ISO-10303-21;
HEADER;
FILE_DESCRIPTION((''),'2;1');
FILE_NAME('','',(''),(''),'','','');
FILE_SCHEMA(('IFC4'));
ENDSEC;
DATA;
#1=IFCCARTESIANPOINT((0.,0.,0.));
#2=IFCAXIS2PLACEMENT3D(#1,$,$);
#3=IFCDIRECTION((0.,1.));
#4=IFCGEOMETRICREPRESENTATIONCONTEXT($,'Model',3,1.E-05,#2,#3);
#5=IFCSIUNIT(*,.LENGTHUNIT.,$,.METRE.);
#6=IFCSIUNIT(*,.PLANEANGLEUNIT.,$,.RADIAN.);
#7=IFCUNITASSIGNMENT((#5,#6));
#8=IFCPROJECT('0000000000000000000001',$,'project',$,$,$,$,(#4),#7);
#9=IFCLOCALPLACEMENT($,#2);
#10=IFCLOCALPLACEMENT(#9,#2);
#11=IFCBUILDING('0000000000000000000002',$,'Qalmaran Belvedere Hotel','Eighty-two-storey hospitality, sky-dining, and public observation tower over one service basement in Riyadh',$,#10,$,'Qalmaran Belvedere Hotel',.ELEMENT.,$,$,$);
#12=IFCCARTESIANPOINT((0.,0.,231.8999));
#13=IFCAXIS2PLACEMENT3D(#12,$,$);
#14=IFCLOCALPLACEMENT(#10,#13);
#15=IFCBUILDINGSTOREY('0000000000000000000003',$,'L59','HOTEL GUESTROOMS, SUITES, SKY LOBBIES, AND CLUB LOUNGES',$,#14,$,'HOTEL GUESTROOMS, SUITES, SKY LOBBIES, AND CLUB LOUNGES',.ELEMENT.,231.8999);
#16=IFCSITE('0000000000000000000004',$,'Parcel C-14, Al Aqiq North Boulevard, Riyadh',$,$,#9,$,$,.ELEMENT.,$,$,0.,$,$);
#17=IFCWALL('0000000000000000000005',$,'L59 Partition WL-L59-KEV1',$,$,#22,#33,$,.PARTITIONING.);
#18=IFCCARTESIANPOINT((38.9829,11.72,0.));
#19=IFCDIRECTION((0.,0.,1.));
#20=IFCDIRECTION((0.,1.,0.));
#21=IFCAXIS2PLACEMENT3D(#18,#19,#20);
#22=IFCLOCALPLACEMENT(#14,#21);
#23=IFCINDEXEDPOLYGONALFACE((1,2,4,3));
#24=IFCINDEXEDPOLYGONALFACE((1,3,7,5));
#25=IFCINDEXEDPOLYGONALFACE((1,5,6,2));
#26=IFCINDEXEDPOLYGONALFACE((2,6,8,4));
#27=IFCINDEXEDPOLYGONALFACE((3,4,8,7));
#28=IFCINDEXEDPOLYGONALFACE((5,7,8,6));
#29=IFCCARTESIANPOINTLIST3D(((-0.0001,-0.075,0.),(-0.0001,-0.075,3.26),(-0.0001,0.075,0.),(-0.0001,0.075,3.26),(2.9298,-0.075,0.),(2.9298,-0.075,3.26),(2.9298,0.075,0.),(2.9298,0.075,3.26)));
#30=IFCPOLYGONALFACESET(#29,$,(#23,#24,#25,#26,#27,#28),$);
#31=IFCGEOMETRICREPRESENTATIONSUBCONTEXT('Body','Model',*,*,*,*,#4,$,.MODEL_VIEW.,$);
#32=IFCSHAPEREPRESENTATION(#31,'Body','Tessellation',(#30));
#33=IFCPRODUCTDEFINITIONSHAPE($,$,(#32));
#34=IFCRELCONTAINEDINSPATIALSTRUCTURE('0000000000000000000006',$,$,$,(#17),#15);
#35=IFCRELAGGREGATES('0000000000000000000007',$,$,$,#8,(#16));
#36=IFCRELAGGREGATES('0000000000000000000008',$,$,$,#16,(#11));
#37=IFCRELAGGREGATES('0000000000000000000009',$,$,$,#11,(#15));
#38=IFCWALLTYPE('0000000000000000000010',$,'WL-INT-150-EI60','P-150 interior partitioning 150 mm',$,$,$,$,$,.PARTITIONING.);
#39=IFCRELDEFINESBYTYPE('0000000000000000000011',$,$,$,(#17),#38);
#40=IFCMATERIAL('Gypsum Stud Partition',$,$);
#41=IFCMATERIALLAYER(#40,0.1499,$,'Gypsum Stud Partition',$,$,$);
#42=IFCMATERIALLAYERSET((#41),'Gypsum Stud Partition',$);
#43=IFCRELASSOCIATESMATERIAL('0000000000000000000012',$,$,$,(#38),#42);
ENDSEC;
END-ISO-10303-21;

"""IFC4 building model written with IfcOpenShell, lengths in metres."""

from ifc_helpers import new_model, si_unit, direction, frame, frame_2d, origin, place, context, subcontext, project, spatial, rectangle, extrude, material, layer, layer_set, type_object, element, save


model = new_model("IFC4")

# Units and contexts
model_context = context("Model", 3, precision=1e-05, world=origin(), true_north=direction((0.0, 1.0)))
body_context = subcontext(model_context, "Body", "Model", "MODEL_VIEW")
ifc_project = project(units=[si_unit("LENGTHUNIT", "METRE"), si_unit("PLANEANGLEUNIT", "RADIAN")], contexts=[model_context])

# Site, building, storey
site_placement = place(None, origin())
site = spatial("IfcSite", under=ifc_project, at=site_placement, Name="Parcel C-14, Al Aqiq North Boulevard, Riyadh", CompositionType="ELEMENT", RefElevation=0.0)
building_placement = place(site_placement, origin())
building = spatial("IfcBuilding", under=site, at=building_placement, Name="Qalmaran Belvedere Hotel", Description="Eighty-two-storey hospitality, sky-dining, and public observation tower over one service basement in Riyadh", LongName="Qalmaran Belvedere Hotel", CompositionType="ELEMENT")
storey_placement = place(building_placement, frame((0.0, 0.0, 231.8999)))
storey = spatial("IfcBuildingStorey", under=building, at=storey_placement, Name="L59", Description="HOTEL GUESTROOMS, SUITES, SKY LOBBIES, AND CLUB LOUNGES", LongName="HOTEL GUESTROOMS, SUITES, SKY LOBBIES, AND CLUB LOUNGES", CompositionType="ELEMENT", Elevation=231.8999)

# Wall
ifc_material_1 = material(Name="Gypsum Stud Partition")
ifc_layer_1 = layer(ifc_material_1, 0.1499, Name="Gypsum Stud Partition")
ifc_layer_set_1 = layer_set([ifc_layer_1], Name="Gypsum Stud Partition")
wall_type_1 = type_object("IfcWallType", Name="WL-INT-150-EI60", Description="P-150 interior partitioning 150 mm", PredefinedType="PARTITIONING", material=ifc_layer_set_1)
wall_1_placement = place(storey_placement, frame((38.9829, 11.72, 0.0), z_axis=(0.0, 0.0, 1.0), x_axis=(0.0, 1.0, 0.0)))
element("IfcWall", 1, at=wall_1_placement, inside=storey, type_object=wall_type_1, Name="L59 Partition WL-L59-KEV1", PredefinedType="PARTITIONING", context=body_context, shape_type="SweptSolid", body=[
    extrude(rectangle(XDim=2.9299, YDim=0.1499, at=frame_2d((1.4648, 0.0))), origin(), (0.0, 0.0, 1.0), 3.26),
])

save(model, "model.ifc")
